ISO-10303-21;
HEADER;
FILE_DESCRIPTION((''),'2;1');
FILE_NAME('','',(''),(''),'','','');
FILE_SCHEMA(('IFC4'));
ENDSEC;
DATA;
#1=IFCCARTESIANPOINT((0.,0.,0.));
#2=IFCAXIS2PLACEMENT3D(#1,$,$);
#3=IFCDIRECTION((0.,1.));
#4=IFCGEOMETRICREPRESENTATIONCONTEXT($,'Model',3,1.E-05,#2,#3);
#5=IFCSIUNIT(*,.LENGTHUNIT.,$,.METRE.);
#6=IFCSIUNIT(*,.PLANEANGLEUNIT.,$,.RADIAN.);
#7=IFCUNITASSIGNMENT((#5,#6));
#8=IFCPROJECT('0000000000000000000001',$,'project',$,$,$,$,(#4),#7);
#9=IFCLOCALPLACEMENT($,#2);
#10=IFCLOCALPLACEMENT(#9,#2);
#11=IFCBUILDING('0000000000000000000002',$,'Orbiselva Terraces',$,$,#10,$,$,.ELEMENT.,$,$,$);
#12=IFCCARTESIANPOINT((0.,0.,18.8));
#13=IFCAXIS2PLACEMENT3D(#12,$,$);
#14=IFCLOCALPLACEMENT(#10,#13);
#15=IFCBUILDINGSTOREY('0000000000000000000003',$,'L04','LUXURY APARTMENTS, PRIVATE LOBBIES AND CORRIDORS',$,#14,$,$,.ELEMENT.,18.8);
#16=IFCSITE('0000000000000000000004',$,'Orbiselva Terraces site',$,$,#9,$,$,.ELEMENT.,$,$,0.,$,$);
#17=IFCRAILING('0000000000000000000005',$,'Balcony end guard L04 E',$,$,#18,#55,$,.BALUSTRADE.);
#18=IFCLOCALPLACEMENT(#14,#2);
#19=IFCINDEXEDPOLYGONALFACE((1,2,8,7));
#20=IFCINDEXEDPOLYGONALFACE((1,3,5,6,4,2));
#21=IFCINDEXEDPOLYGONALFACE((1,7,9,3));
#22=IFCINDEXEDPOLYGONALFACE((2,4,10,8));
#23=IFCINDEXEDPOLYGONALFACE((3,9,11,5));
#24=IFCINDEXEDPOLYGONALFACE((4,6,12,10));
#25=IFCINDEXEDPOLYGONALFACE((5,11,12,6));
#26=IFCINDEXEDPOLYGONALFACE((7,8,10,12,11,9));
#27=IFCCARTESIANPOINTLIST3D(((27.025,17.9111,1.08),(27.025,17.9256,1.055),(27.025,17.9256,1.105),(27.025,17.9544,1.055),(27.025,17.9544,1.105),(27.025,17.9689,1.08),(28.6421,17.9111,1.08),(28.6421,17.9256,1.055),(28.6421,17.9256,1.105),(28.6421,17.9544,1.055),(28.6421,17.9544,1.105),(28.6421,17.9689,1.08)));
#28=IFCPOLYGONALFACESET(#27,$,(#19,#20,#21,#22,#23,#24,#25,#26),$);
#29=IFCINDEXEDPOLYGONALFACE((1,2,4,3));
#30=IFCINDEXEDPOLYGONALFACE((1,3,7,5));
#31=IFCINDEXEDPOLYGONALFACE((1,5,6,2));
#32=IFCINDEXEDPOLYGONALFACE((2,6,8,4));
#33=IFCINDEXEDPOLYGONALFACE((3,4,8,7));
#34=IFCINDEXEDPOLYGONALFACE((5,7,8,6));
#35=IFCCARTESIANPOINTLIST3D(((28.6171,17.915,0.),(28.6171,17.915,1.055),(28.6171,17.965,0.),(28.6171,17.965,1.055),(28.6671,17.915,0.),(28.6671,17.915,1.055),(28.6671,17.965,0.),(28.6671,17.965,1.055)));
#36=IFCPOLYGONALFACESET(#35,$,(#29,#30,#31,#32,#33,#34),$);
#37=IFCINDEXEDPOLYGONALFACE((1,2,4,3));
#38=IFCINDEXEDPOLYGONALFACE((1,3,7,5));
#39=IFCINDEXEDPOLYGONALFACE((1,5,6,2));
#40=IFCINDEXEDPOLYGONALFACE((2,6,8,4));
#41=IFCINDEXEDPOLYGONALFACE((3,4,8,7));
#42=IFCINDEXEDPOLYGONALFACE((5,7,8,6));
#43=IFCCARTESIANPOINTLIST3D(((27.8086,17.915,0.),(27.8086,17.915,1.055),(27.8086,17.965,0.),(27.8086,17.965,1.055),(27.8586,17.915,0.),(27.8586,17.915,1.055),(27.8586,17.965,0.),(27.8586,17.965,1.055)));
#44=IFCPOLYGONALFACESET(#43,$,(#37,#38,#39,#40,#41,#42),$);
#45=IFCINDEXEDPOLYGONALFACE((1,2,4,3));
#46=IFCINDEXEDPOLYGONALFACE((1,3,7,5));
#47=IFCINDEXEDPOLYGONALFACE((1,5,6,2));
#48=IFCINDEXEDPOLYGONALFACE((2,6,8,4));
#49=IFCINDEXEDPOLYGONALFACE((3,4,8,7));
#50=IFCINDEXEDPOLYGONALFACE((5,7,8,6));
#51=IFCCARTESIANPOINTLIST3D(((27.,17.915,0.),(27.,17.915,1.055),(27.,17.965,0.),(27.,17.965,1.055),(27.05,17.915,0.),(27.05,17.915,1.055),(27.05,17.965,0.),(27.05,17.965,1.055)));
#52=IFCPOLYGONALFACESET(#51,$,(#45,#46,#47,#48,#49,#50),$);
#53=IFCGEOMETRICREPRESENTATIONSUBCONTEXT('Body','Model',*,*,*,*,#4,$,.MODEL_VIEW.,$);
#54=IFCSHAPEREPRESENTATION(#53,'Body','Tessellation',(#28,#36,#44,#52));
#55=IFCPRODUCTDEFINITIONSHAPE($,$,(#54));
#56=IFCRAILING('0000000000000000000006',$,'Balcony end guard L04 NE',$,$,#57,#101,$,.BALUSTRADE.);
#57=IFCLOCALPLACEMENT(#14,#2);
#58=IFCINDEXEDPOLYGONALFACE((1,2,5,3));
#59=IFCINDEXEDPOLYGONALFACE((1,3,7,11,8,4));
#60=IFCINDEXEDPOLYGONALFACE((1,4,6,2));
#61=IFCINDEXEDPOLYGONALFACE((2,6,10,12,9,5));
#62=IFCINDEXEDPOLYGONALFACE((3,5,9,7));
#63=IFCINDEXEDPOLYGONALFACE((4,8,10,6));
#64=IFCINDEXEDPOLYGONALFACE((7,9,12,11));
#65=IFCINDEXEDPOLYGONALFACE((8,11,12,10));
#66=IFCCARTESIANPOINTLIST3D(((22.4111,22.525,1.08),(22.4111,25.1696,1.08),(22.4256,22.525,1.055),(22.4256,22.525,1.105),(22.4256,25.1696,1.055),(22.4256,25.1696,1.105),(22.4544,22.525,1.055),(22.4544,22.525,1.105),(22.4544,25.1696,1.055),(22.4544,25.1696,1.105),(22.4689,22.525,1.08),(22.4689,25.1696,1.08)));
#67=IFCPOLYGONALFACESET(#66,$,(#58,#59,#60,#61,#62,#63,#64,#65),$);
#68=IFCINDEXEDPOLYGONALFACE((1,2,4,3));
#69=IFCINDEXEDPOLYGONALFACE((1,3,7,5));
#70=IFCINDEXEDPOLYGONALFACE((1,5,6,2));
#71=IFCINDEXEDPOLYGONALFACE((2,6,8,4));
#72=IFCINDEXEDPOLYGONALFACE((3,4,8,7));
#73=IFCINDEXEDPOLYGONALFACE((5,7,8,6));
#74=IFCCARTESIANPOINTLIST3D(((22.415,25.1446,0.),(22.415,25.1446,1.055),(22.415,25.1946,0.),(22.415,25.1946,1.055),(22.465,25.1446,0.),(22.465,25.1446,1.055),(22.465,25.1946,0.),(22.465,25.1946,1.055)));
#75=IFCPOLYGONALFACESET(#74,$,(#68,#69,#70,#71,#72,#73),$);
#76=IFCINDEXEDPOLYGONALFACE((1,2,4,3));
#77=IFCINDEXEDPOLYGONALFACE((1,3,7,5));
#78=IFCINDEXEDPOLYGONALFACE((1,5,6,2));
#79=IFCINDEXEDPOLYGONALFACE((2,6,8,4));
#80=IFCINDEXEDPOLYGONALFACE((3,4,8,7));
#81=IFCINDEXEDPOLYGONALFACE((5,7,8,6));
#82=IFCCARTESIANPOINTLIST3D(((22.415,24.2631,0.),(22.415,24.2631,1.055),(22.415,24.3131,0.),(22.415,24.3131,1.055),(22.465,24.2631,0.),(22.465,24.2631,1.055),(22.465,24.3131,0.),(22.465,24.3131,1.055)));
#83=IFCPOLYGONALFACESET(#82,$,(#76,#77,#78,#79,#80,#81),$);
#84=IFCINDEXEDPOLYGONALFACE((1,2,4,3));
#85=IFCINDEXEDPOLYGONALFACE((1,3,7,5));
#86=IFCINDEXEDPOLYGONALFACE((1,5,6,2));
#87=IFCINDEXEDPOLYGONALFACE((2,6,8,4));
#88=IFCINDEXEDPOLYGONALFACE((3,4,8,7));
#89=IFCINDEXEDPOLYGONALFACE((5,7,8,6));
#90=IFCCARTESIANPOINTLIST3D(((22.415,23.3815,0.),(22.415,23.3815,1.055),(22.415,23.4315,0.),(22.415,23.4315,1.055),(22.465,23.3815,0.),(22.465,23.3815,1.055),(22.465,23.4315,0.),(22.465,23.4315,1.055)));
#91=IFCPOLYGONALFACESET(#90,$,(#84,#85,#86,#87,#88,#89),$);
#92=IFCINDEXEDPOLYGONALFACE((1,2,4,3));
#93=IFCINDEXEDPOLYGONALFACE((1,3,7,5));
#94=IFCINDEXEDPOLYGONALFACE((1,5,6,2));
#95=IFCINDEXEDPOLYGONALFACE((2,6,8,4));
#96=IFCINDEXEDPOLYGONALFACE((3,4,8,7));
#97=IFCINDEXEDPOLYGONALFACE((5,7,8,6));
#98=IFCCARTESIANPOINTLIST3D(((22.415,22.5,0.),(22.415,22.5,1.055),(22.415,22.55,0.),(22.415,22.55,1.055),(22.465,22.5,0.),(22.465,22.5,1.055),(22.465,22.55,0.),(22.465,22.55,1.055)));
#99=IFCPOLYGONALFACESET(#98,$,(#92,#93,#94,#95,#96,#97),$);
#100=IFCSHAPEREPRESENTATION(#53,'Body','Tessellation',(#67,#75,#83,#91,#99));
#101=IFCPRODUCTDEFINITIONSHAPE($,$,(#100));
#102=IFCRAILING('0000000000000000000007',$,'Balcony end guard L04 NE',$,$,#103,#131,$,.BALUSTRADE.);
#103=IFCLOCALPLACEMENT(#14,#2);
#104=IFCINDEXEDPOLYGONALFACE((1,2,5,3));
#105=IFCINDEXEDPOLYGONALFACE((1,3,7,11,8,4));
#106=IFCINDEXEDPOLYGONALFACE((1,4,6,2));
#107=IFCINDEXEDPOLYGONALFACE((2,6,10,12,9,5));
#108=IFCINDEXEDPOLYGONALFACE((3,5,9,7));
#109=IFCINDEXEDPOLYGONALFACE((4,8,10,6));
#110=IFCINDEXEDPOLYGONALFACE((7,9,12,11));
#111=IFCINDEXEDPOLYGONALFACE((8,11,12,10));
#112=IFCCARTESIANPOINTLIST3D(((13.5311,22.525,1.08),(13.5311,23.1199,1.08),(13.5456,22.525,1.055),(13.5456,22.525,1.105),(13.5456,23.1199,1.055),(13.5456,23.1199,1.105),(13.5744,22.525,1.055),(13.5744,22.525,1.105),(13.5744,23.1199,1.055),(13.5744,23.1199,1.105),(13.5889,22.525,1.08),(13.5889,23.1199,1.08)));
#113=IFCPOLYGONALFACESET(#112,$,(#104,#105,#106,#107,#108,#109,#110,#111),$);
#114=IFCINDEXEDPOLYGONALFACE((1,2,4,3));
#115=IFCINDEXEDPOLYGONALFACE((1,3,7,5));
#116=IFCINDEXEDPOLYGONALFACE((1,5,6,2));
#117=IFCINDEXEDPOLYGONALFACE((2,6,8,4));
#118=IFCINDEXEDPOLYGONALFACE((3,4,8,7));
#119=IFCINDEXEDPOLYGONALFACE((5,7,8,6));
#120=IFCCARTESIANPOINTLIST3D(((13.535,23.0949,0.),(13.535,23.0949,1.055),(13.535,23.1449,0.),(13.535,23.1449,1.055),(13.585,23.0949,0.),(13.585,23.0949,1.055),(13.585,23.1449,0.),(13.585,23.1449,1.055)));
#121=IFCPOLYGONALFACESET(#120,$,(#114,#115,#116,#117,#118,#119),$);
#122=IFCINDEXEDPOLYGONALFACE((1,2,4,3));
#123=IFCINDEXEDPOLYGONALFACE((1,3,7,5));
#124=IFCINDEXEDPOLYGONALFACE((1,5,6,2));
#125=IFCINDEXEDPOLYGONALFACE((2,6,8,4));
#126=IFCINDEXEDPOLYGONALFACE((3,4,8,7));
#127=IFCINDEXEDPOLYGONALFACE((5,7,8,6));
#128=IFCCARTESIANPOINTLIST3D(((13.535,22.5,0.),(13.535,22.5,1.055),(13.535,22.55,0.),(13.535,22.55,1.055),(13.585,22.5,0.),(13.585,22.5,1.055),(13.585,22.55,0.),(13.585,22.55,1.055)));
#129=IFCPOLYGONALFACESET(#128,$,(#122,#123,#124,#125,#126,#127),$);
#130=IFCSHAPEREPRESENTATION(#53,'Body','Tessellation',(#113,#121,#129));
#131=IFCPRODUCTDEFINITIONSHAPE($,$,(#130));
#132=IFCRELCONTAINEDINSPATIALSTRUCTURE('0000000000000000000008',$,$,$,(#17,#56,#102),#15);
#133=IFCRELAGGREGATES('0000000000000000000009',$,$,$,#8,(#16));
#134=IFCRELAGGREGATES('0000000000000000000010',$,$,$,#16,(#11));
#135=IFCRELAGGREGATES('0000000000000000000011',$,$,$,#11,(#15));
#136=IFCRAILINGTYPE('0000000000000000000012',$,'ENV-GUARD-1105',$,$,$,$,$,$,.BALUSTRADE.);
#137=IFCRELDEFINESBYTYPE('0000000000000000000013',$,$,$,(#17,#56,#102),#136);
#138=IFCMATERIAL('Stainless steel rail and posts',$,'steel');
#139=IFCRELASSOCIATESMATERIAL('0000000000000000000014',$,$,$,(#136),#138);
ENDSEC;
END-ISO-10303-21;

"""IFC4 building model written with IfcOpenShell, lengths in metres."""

from ifc_helpers import new_model, si_unit, direction, frame, origin, origin_2d, place, context, subcontext, project, spatial, polyline, rectangle, outline, extrude, material, type_object, element, save


model = new_model("IFC4")

# Units and contexts
model_context = context("Model", 3, precision=1e-05, world=origin(), true_north=direction((0.0, 1.0)))
body_context = subcontext(model_context, "Body", "Model", "MODEL_VIEW")
ifc_project = project(units=[si_unit("LENGTHUNIT", "METRE"), si_unit("PLANEANGLEUNIT", "RADIAN")], contexts=[model_context])

# Site, building, storey
site_placement = place(None, origin())
site = spatial("IfcSite", under=ifc_project, at=site_placement, Name="Orbiselva Terraces site", CompositionType="ELEMENT", RefElevation=0.0)
building_placement = place(site_placement, origin())
building = spatial("IfcBuilding", under=site, at=building_placement, Name="Orbiselva Terraces", CompositionType="ELEMENT")
storey_placement = place(building_placement, frame((0.0, 0.0, 18.8)))
storey = spatial("IfcBuildingStorey", under=building, at=storey_placement, Name="L04", Description="LUXURY APARTMENTS, PRIVATE LOBBIES AND CORRIDORS", CompositionType="ELEMENT", Elevation=18.8)

# Railings
ifc_material_1 = material(Name="Stainless steel rail and posts", Category="steel")
railing_type_1 = type_object("IfcRailingType", Name="ENV-GUARD-1105", PredefinedType="BALUSTRADE", material=ifc_material_1)
railing_1_placement = place(storey_placement, frame((28.6421, 17.94, 0.0)))
element("IfcRailing", 1, at=railing_1_placement, inside=storey, type_object=railing_type_1, Name="Balcony end guard L04 E", PredefinedType="BALUSTRADE", context=body_context, shape_type="SweptSolid", body=[
    extrude(outline(polyline([(0.0289, 0.0), (0.0144, 0.025), (-0.0144, 0.025), (-0.0289, 0.0), (-0.0144, -0.025), (0.0144, -0.025), (0.0289, 0.0)])), frame((0.0, 0.0, 1.08), z_axis=(-1.0, 0.0, 0.0), x_axis=(0.0, -1.0, 0.0)), (0.0, 0.0, 1.0), 1.6171),
    extrude(rectangle(XDim=0.05, YDim=0.05, at=origin_2d()), origin(), (0.0, 0.0, 1.0), 1.055),
    extrude(rectangle(XDim=0.05, YDim=0.05, at=origin_2d()), frame((-0.8086, 0.0, 0.0)), (0.0, 0.0, 1.0), 1.055),
    extrude(rectangle(XDim=0.05, YDim=0.05, at=origin_2d()), frame((-1.6171, 0.0, 0.0)), (0.0, 0.0, 1.0), 1.055),
])
railing_2_placement = place(storey_placement, frame((22.44, 25.1696, 0.0)))
element("IfcRailing", 2, at=railing_2_placement, inside=storey, type_object=railing_type_1, Name="Balcony end guard L04 NE", PredefinedType="BALUSTRADE", context=body_context, shape_type="SweptSolid", body=[
    extrude(outline(polyline([(0.0289, 0.0), (0.0144, 0.025), (-0.0144, 0.025), (-0.0289, 0.0), (-0.0144, -0.025), (0.0144, -0.025), (0.0289, 0.0)])), frame((0.0, 0.0, 1.08), z_axis=(0.0, -1.0, 0.0), x_axis=(1.0, 0.0, 0.0)), (0.0, 0.0, 1.0), 2.6446),
    extrude(rectangle(XDim=0.05, YDim=0.05, at=origin_2d()), origin(), (0.0, 0.0, 1.0), 1.055),
    extrude(rectangle(XDim=0.05, YDim=0.05, at=origin_2d()), frame((0.0, -0.8815, 0.0)), (0.0, 0.0, 1.0), 1.055),
    extrude(rectangle(XDim=0.05, YDim=0.05, at=origin_2d()), frame((0.0, -1.7631, 0.0)), (0.0, 0.0, 1.0), 1.055),
    extrude(rectangle(XDim=0.05, YDim=0.05, at=origin_2d()), frame((0.0, -2.6446, 0.0)), (0.0, 0.0, 1.0), 1.055),
])
railing_3_placement = place(storey_placement, frame((13.56, 23.1199, 0.0)))
element("IfcRailing", 3, at=railing_3_placement, inside=storey, type_object=railing_type_1, Name="Balcony end guard L04 NE", PredefinedType="BALUSTRADE", context=body_context, shape_type="SweptSolid", body=[
    extrude(outline(polyline([(0.0289, 0.0), (0.0144, 0.025), (-0.0144, 0.025), (-0.0289, 0.0), (-0.0144, -0.025), (0.0144, -0.025), (0.0289, 0.0)])), frame((0.0, 0.0, 1.08), z_axis=(0.0, -1.0, 0.0), x_axis=(1.0, 0.0, 0.0)), (0.0, 0.0, 1.0), 0.5949),
    extrude(rectangle(XDim=0.05, YDim=0.05, at=origin_2d()), origin(), (0.0, 0.0, 1.0), 1.055),
    extrude(rectangle(XDim=0.05, YDim=0.05, at=origin_2d()), frame((0.0, -0.5949, 0.0)), (0.0, 0.0, 1.0), 1.055),
])

save(model, "model.ifc")
